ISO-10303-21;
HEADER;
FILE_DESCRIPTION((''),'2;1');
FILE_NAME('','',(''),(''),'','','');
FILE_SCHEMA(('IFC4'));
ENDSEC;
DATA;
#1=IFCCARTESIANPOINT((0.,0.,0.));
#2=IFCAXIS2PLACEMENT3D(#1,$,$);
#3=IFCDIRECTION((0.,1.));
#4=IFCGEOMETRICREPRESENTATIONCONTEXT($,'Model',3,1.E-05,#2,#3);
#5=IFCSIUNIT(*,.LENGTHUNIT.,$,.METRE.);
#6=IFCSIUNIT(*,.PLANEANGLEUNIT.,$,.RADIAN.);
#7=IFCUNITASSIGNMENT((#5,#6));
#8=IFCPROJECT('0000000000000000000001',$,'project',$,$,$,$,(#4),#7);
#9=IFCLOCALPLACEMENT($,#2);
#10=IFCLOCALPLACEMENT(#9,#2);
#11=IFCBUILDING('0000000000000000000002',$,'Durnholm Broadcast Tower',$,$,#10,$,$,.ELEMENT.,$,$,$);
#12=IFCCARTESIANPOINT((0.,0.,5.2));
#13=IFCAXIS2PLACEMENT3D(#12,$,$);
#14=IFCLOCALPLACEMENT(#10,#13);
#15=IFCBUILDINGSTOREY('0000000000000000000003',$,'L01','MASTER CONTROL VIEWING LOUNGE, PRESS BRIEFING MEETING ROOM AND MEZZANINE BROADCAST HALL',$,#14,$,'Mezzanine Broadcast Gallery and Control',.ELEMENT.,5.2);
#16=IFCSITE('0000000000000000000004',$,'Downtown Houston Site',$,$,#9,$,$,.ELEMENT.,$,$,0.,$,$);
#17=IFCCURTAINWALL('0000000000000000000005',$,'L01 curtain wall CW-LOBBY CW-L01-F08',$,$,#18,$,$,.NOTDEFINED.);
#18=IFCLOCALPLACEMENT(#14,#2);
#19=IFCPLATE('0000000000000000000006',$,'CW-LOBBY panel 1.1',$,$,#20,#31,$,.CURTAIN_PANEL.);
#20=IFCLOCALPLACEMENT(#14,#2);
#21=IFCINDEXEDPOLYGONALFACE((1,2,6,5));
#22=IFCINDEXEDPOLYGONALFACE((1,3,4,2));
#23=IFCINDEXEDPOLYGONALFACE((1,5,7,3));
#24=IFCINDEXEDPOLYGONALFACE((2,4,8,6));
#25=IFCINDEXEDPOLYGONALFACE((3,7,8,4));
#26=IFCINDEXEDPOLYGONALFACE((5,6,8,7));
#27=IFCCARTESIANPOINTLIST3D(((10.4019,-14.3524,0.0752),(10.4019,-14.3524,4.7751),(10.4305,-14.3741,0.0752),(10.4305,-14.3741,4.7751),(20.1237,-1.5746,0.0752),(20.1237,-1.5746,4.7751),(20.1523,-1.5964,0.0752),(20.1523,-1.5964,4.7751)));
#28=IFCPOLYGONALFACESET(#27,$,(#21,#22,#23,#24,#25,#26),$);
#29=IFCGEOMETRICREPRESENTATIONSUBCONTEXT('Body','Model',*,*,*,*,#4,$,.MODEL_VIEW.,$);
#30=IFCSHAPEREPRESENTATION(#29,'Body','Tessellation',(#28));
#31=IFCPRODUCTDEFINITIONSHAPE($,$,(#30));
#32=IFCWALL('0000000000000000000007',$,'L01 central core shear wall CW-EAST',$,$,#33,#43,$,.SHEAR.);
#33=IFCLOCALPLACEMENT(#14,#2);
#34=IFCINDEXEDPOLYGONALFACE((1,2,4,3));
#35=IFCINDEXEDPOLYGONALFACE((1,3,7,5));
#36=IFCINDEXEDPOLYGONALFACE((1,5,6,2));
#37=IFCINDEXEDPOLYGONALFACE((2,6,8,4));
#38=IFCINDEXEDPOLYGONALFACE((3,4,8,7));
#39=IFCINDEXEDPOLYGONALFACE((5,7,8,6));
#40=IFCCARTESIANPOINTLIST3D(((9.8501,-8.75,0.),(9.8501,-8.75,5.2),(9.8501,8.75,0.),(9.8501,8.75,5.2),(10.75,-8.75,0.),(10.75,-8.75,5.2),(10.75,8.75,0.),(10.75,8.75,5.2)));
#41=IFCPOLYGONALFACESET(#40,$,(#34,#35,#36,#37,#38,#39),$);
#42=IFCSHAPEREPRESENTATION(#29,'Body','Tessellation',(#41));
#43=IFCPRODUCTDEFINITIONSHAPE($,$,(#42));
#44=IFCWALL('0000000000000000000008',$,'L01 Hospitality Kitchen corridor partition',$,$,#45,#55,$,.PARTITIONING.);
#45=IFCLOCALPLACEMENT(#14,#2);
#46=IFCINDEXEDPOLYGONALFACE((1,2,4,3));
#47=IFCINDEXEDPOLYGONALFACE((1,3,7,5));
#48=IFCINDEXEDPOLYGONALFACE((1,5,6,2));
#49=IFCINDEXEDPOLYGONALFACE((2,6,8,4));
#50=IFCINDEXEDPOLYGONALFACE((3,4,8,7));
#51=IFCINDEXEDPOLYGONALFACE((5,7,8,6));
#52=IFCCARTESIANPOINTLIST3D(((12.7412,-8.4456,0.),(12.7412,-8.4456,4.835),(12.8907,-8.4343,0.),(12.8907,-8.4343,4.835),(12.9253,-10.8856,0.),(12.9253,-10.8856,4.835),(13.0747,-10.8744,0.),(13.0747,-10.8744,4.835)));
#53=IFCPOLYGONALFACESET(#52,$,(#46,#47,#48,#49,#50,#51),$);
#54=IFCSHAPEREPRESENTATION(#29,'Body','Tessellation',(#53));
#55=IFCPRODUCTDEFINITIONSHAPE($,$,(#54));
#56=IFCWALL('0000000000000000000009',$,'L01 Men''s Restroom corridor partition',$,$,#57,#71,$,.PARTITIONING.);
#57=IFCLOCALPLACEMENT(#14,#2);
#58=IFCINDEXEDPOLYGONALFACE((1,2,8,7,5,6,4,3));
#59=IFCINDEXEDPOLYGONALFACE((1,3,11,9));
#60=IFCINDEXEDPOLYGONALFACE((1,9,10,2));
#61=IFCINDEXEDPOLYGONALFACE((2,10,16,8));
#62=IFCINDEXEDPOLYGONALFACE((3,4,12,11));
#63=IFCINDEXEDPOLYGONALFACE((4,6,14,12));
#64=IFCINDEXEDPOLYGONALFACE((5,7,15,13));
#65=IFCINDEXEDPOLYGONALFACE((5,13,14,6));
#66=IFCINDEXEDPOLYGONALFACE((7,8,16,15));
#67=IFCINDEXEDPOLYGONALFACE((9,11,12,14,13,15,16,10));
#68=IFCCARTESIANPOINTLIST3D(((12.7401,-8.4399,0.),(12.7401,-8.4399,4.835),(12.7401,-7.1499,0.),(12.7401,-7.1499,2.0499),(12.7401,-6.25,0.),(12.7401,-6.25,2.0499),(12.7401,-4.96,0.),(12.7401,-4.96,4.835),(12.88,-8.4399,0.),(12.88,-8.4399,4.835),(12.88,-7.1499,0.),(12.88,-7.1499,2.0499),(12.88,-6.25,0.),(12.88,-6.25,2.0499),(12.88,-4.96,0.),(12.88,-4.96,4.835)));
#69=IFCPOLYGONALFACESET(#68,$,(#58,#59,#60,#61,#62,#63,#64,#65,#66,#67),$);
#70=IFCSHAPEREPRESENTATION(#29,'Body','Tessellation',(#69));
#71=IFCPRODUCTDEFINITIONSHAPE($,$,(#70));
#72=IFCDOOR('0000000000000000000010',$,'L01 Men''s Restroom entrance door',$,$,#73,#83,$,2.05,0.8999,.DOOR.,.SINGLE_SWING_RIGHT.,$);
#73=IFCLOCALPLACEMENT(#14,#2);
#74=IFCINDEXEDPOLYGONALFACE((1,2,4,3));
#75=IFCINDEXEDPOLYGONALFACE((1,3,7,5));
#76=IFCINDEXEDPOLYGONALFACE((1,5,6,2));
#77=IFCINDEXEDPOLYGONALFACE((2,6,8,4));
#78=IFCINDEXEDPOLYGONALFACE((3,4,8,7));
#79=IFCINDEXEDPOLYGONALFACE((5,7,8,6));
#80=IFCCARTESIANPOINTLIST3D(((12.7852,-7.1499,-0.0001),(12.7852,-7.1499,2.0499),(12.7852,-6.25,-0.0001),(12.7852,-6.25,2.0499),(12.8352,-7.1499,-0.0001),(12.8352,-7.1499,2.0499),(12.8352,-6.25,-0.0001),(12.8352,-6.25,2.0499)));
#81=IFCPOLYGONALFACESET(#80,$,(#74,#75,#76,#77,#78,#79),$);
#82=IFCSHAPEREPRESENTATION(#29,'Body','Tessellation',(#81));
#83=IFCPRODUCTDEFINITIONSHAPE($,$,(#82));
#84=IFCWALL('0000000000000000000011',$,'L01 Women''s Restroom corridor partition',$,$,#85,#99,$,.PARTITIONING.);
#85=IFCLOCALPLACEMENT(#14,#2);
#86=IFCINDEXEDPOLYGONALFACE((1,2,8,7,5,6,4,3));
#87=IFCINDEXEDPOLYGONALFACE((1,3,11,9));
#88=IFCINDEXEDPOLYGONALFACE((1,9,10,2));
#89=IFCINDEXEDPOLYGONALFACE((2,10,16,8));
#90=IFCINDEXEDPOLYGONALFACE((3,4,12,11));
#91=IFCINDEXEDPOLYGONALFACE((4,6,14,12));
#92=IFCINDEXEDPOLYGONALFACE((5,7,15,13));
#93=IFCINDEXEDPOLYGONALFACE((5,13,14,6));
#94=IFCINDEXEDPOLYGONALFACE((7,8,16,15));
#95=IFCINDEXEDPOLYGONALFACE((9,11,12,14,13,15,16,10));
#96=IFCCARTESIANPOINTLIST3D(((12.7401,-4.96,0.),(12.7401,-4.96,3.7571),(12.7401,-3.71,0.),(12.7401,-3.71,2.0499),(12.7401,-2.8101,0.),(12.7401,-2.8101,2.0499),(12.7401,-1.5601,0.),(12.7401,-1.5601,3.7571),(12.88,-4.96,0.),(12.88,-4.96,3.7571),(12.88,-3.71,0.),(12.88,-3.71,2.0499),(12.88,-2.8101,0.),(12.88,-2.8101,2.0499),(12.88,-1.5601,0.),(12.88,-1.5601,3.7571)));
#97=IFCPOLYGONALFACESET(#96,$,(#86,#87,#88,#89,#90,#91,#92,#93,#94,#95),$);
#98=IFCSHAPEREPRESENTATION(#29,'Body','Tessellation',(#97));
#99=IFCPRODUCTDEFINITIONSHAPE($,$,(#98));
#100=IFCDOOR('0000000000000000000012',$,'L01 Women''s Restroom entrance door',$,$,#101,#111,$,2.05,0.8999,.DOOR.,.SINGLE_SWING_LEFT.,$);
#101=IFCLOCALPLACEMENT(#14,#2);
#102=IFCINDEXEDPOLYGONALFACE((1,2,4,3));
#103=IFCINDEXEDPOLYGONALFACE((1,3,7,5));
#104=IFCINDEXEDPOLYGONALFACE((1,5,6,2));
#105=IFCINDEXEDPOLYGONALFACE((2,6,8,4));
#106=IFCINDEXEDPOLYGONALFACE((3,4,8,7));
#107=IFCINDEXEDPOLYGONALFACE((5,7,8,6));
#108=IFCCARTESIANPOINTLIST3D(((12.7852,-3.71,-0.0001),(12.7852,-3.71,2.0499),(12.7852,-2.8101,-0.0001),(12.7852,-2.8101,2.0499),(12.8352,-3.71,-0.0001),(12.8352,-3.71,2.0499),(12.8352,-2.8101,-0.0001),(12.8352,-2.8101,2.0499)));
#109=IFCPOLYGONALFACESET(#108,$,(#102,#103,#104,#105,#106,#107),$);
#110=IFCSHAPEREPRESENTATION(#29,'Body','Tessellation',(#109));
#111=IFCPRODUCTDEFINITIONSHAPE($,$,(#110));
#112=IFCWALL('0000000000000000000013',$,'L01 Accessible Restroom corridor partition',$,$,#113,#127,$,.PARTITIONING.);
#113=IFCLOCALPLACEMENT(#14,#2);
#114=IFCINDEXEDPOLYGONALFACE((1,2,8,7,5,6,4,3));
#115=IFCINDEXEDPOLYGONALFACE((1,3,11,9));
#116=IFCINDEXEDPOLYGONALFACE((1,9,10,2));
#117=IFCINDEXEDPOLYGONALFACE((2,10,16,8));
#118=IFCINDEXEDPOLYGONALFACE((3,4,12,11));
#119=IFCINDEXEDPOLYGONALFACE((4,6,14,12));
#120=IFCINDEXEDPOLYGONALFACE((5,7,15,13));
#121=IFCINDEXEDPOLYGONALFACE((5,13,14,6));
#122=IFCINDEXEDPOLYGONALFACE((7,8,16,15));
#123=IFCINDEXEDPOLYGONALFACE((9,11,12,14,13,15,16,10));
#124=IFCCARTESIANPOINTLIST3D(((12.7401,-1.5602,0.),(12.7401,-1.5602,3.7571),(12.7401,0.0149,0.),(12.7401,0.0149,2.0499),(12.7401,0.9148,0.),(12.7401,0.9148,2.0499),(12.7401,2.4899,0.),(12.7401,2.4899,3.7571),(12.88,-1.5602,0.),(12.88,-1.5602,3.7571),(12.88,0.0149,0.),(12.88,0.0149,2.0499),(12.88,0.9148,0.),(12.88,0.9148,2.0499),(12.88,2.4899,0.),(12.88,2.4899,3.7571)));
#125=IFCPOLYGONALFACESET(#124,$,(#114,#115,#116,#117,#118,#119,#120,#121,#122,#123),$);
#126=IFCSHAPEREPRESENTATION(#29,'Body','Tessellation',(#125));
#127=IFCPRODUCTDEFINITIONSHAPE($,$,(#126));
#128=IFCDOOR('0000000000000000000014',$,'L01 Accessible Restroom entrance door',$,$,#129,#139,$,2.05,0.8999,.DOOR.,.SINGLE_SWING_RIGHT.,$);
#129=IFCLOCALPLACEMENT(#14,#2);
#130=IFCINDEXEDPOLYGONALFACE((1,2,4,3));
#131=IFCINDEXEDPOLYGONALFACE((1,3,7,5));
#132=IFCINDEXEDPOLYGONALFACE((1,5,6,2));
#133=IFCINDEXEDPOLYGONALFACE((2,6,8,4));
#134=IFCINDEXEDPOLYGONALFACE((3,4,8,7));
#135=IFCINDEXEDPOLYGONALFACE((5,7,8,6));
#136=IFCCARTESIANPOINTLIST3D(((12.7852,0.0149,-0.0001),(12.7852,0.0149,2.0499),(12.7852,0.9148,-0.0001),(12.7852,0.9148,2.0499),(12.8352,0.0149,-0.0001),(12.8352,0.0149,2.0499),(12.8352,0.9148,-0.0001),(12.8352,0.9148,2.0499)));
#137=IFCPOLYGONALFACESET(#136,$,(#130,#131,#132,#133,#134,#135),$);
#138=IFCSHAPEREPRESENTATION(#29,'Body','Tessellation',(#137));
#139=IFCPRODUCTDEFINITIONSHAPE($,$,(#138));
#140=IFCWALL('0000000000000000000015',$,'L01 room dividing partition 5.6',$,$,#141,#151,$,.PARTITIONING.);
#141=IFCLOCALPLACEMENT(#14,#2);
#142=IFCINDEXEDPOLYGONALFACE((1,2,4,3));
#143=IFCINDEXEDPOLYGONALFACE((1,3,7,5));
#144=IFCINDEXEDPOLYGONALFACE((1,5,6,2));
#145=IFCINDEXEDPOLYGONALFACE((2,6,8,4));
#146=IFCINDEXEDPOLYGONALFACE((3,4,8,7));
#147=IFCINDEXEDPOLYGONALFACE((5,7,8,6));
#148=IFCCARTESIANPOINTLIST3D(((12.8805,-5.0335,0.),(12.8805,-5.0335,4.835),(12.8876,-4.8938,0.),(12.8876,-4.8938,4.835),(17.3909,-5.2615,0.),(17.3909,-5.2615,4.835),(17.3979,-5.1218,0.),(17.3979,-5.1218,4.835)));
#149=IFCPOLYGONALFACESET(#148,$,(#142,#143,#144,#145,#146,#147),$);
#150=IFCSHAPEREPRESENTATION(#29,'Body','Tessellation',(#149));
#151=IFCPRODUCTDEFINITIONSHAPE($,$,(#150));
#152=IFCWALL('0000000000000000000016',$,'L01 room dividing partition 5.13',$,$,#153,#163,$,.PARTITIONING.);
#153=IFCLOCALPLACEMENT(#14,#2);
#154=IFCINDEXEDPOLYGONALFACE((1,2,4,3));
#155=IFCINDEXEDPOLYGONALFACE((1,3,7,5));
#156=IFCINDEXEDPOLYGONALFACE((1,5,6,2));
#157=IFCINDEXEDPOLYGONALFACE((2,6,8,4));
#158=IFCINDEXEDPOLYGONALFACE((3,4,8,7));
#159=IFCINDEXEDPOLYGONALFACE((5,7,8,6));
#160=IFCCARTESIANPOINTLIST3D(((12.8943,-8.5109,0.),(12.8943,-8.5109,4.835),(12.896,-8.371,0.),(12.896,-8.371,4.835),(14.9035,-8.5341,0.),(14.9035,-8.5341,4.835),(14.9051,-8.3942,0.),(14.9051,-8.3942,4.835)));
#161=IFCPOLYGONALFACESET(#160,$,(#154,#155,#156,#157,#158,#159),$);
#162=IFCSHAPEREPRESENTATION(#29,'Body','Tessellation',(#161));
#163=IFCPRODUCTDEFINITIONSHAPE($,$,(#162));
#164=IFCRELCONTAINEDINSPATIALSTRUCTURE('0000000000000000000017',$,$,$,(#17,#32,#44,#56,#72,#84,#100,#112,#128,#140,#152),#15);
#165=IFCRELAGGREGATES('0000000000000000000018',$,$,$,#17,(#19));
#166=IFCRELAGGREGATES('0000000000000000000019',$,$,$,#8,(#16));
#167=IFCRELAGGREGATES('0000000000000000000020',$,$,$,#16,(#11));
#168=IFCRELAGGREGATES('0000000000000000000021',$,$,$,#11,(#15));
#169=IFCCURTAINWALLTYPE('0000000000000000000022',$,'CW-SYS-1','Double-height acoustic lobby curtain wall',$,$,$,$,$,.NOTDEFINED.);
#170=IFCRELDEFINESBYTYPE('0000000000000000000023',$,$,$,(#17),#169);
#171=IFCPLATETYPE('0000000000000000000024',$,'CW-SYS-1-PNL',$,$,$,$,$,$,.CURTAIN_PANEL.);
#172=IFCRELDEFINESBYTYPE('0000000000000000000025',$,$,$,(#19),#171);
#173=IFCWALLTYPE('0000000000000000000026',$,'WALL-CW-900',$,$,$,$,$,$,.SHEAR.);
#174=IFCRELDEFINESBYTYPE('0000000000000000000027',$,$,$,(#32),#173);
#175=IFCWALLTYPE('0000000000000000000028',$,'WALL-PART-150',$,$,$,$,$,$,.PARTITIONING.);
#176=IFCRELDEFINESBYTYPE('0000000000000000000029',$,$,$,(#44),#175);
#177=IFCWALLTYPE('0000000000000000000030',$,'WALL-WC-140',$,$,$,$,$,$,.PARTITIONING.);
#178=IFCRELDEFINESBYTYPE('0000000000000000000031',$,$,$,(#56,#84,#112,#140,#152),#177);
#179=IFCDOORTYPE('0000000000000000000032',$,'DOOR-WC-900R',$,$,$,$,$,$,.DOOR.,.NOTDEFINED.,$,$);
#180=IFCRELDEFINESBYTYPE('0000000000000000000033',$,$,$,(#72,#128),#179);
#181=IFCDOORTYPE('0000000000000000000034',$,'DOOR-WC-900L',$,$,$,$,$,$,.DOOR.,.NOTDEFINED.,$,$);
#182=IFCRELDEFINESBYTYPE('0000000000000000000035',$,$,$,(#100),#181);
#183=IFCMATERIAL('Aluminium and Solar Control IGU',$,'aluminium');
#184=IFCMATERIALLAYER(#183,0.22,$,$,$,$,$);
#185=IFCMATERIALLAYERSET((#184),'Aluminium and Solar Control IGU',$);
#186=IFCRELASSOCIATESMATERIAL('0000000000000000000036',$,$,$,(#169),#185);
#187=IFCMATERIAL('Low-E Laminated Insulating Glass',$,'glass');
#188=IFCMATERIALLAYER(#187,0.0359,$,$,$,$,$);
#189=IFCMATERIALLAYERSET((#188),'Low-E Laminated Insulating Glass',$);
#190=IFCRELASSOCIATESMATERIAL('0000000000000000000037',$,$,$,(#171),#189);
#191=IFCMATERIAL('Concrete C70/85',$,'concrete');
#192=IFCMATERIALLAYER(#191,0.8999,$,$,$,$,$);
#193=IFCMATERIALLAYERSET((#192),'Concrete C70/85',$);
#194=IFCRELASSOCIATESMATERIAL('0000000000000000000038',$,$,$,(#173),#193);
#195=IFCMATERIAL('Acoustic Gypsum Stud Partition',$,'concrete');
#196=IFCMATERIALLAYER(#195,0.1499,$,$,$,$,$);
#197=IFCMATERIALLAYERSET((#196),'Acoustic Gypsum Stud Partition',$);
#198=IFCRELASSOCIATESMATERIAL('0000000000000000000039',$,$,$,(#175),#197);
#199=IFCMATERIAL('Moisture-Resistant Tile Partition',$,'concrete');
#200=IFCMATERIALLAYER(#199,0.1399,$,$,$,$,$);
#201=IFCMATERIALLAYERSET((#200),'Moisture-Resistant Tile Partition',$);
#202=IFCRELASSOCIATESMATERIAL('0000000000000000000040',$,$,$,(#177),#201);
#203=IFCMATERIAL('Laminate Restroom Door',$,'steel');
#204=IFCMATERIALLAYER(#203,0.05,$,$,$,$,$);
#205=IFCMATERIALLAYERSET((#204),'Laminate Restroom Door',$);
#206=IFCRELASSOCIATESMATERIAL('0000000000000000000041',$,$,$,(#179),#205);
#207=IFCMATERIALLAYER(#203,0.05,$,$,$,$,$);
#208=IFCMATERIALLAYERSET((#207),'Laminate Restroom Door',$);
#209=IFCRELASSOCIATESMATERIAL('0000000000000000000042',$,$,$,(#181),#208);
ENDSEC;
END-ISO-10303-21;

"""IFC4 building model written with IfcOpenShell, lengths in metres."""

from ifc_helpers import new_model, si_unit, direction, frame, frame_2d, origin, origin_2d, place, context, subcontext, project, spatial, rectangle, extrude, source, transform, mapped, material, layer, layer_set, type_object, type_shapes, element, fill, aggregate, save


model = new_model("IFC4")

# Units and contexts
model_context = context("Model", 3, precision=1e-05, world=origin(), true_north=direction((0.0, 1.0)))
body_context = subcontext(model_context, "Body", "Model", "MODEL_VIEW")
ifc_project = project(units=[si_unit("LENGTHUNIT", "METRE"), si_unit("PLANEANGLEUNIT", "RADIAN")], contexts=[model_context])

# Site, building, storey
site_placement = place(None, origin())
site = spatial("IfcSite", under=ifc_project, at=site_placement, Name="Downtown Houston Site", CompositionType="ELEMENT", RefElevation=0.0)
building_placement = place(site_placement, origin())
building = spatial("IfcBuilding", under=site, at=building_placement, Name="Durnholm Broadcast Tower", CompositionType="ELEMENT")
storey_placement = place(building_placement, frame((0.0, 0.0, 5.2)))
storey = spatial("IfcBuildingStorey", under=building, at=storey_placement, Name="L01", Description="MASTER CONTROL VIEWING LOUNGE, PRESS BRIEFING MEETING ROOM AND MEZZANINE BROADCAST HALL", LongName="Mezzanine Broadcast Gallery and Control", CompositionType="ELEMENT", Elevation=5.2)

# Shared definitions
ifc_material_1 = material(Name="Aluminium and Solar Control IGU", Category="aluminium")

# Curtain wall
ifc_layer_1 = layer(ifc_material_1, 0.22)
ifc_layer_set_1 = layer_set([ifc_layer_1], Name="Aluminium and Solar Control IGU")
curtain_wall_type_1 = type_object("IfcCurtainWallType", Name="CW-SYS-1", Description="Double-height acoustic lobby curtain wall", PredefinedType="NOTDEFINED", material=ifc_layer_set_1)
curtain_wall_1_placement = place(storey_placement, origin())
curtain_wall_1 = element("IfcCurtainWall", 1, at=curtain_wall_1_placement, inside=storey, type_object=curtain_wall_type_1, Name="L01 curtain wall CW-LOBBY CW-L01-F08", PredefinedType="NOTDEFINED")

# Plate
ifc_material_2 = material(Name="Low-E Laminated Insulating Glass", Category="glass")
ifc_layer_2 = layer(ifc_material_2, 0.0359)
ifc_layer_set_2 = layer_set([ifc_layer_2], Name="Low-E Laminated Insulating Glass")
plate_type_1 = type_object("IfcPlateType", Name="CW-SYS-1-PNL", PredefinedType="CURTAIN_PANEL", material=ifc_layer_set_2)
shared_shape_1 = source(origin(), body_context, "Body", "SweptSolid", [
    extrude(rectangle(XDim=16.0557, YDim=0.0359, at=origin_2d()), origin(), (0.0, 0.0, 1.0), 4.7),
])
type_shapes(plate_type_1, [shared_shape_1])
plate_1_placement = place(storey_placement, frame((15.2771, -7.9744, 0.0752), z_axis=(0.0, 0.0, 1.0), x_axis=(-0.605509, -0.795839, 0.0)))
plate_1 = element("IfcPlate", 2, at=plate_1_placement, type_object=plate_type_1, Name="CW-LOBBY panel 1.1", PredefinedType="CURTAIN_PANEL", context=body_context, shape_type="MappedRepresentation", body=[
    mapped(shared_shape_1, transform((0.0, 0.0, 0.0), x_axis=(1.0, 0.0, 0.0), y_axis=(0.0, 1.0, 0.0), z_axis=(0.0, 0.0, 1.0), scale=1.0)),
])
aggregate(curtain_wall_1, [plate_1])

# Walls
ifc_material_3 = material(Name="Concrete C70/85", Category="concrete")
ifc_layer_3 = layer(ifc_material_3, 0.8999)
ifc_layer_set_3 = layer_set([ifc_layer_3], Name="Concrete C70/85")
wall_type_1 = type_object("IfcWallType", Name="WALL-CW-900", PredefinedType="SHEAR", material=ifc_layer_set_3)
wall_1_placement = place(storey_placement, frame((10.3, -8.75, 0.0), z_axis=(0.0, 0.0, 1.0), x_axis=(0.0, 1.0, 0.0)))
element("IfcWall", 3, at=wall_1_placement, inside=storey, type_object=wall_type_1, Name="L01 central core shear wall CW-EAST", PredefinedType="SHEAR", context=body_context, shape_type="SweptSolid", body=[
    extrude(rectangle(XDim=17.5, YDim=0.8999, at=frame_2d((8.75, 0.0))), origin(), (0.0, 0.0, 1.0), 5.2),
])
ifc_material_4 = material(Name="Acoustic Gypsum Stud Partition", Category="concrete")
ifc_layer_4 = layer(ifc_material_4, 0.1499)
ifc_layer_set_4 = layer_set([ifc_layer_4], Name="Acoustic Gypsum Stud Partition")
wall_type_2 = type_object("IfcWallType", Name="WALL-PART-150", PredefinedType="PARTITIONING", material=ifc_layer_set_4)
wall_2_placement = place(storey_placement, frame((13.0, -10.8801, 0.0), z_axis=(0.0, 0.0, 1.0), x_axis=(-0.075224, 0.997167, 0.0)))
element("IfcWall", 4, at=wall_2_placement, inside=storey, type_object=wall_type_2, Name="L01 Hospitality Kitchen corridor partition", PredefinedType="PARTITIONING", context=body_context, shape_type="SweptSolid", body=[
    extrude(rectangle(XDim=2.447, YDim=0.1499, at=frame_2d((1.2236, 0.0))), origin(), (0.0, 0.0, 1.0), 4.835),
])

# Walls, openings, doors
ifc_material_5 = material(Name="Moisture-Resistant Tile Partition", Category="concrete")
ifc_layer_5 = layer(ifc_material_5, 0.1399)
ifc_layer_set_5 = layer_set([ifc_layer_5], Name="Moisture-Resistant Tile Partition")
wall_type_3 = type_object("IfcWallType", Name="WALL-WC-140", PredefinedType="PARTITIONING", material=ifc_layer_set_5)
wall_3_placement = place(storey_placement, frame((12.8101, -8.4399, 0.0), z_axis=(0.0, 0.0, 1.0), x_axis=(0.0, 1.0, 0.0)))
wall_3 = element("IfcWall", 5, at=wall_3_placement, inside=storey, type_object=wall_type_3, Name="L01 Men's Restroom corridor partition", PredefinedType="PARTITIONING", context=body_context, shape_type="SweptSolid", body=[
    extrude(rectangle(XDim=3.48, YDim=0.1399, at=frame_2d((1.74, 0.0))), origin(), (0.0, 0.0, 1.0), 4.835),
])
opening_1_placement = place(wall_3_placement, frame((1.29, 0.0, 0.0)))
opening_1 = element("IfcOpeningElement", 6, at=opening_1_placement, cuts=wall_3, PredefinedType="OPENING", context=body_context, shape_type="SweptSolid", body=[
    extrude(rectangle(XDim=0.8999, YDim=2.05, at=frame_2d((0.45, 1.0249))), frame((0.0, 0.0801, 0.0), z_axis=(0.0, -1.0, 0.0), x_axis=(1.0, 0.0, 0.0)), (0.0, 0.0, 1.0), 0.1599),
])
ifc_material_6 = material(Name="Laminate Restroom Door", Category="steel")
ifc_layer_6 = layer(ifc_material_6, 0.05)
ifc_layer_set_6 = layer_set([ifc_layer_6], Name="Laminate Restroom Door")
door_type_1 = type_object("IfcDoorType", Name="DOOR-WC-900R", OperationType="NOTDEFINED", PredefinedType="DOOR", material=ifc_layer_set_6)
shared_shape_2 = source(origin(), body_context, "Body", "SweptSolid", [
    extrude(rectangle(XDim=0.8999, YDim=2.05, at=frame_2d((0.45, 1.0249))), frame((0.0, 0.0249, 0.0), z_axis=(0.0, -1.0, 0.0), x_axis=(1.0, 0.0, 0.0)), (0.0, 0.0, 1.0), 0.05),
])
type_shapes(door_type_1, [shared_shape_2])
door_1_placement = place(opening_1_placement, origin())
door_1 = element("IfcDoor", 7, at=door_1_placement, inside=storey, type_object=door_type_1, Name="L01 Men's Restroom entrance door", OperationType="SINGLE_SWING_RIGHT", OverallHeight=2.05, OverallWidth=0.8999, PredefinedType="DOOR", context=body_context, shape_type="MappedRepresentation", body=[
    mapped(shared_shape_2, transform((0.0, 0.0, 0.0), x_axis=(1.0, 0.0, 0.0), y_axis=(0.0, 1.0, 0.0), z_axis=(0.0, 0.0, 1.0), scale=1.0)),
])
fill(opening_1, door_1)
wall_4_placement = place(storey_placement, frame((12.8101, -4.96, 0.0), z_axis=(0.0, 0.0, 1.0), x_axis=(0.0, 1.0, 0.0)))
wall_4 = element("IfcWall", 8, at=wall_4_placement, inside=storey, type_object=wall_type_3, Name="L01 Women's Restroom corridor partition", PredefinedType="PARTITIONING", context=body_context, shape_type="SweptSolid", body=[
    extrude(rectangle(XDim=3.3999, YDim=0.1399, at=frame_2d((1.7, 0.0))), origin(), (0.0, 0.0, 1.0), 3.7571),
])
opening_2_placement = place(wall_4_placement, frame((1.25, 0.0, 0.0)))
opening_2 = element("IfcOpeningElement", 9, at=opening_2_placement, cuts=wall_4, PredefinedType="OPENING", context=body_context, shape_type="SweptSolid", body=[
    extrude(rectangle(XDim=0.8999, YDim=2.05, at=frame_2d((0.45, 1.0249))), frame((0.0, 0.0801, 0.0), z_axis=(0.0, -1.0, 0.0), x_axis=(1.0, 0.0, 0.0)), (0.0, 0.0, 1.0), 0.1599),
])
ifc_layer_7 = layer(ifc_material_6, 0.05)
ifc_layer_set_7 = layer_set([ifc_layer_7], Name="Laminate Restroom Door")
door_type_2 = type_object("IfcDoorType", Name="DOOR-WC-900L", OperationType="NOTDEFINED", PredefinedType="DOOR", material=ifc_layer_set_7)
shared_shape_3 = source(origin(), body_context, "Body", "SweptSolid", [
    extrude(rectangle(XDim=0.8999, YDim=2.05, at=frame_2d((0.45, 1.0249))), frame((0.0, 0.0249, 0.0), z_axis=(0.0, -1.0, 0.0), x_axis=(1.0, 0.0, 0.0)), (0.0, 0.0, 1.0), 0.05),
])
type_shapes(door_type_2, [shared_shape_3])
door_2_placement = place(opening_2_placement, origin())
door_2 = element("IfcDoor", 10, at=door_2_placement, inside=storey, type_object=door_type_2, Name="L01 Women's Restroom entrance door", OperationType="SINGLE_SWING_LEFT", OverallHeight=2.05, OverallWidth=0.8999, PredefinedType="DOOR", context=body_context, shape_type="MappedRepresentation", body=[
    mapped(shared_shape_3, transform((0.0, 0.0, 0.0), x_axis=(1.0, 0.0, 0.0), y_axis=(0.0, 1.0, 0.0), z_axis=(0.0, 0.0, 1.0), scale=1.0)),
])
fill(opening_2, door_2)
wall_5_placement = place(storey_placement, frame((12.8101, -1.5601, 0.0), z_axis=(0.0, 0.0, 1.0), x_axis=(0.0, 1.0, 0.0)))
wall_5 = element("IfcWall", 11, at=wall_5_placement, inside=storey, type_object=wall_type_3, Name="L01 Accessible Restroom corridor partition", PredefinedType="PARTITIONING", context=body_context, shape_type="SweptSolid", body=[
    extrude(rectangle(XDim=4.05, YDim=0.1399, at=frame_2d((2.0249, 0.0))), origin(), (0.0, 0.0, 1.0), 3.7571),
])
opening_3_placement = place(wall_5_placement, frame((1.575, 0.0, 0.0)))
opening_3 = element("IfcOpeningElement", 12, at=opening_3_placement, cuts=wall_5, PredefinedType="OPENING", context=body_context, shape_type="SweptSolid", body=[
    extrude(rectangle(XDim=0.8999, YDim=2.05, at=frame_2d((0.45, 1.0249))), frame((0.0, 0.0801, 0.0), z_axis=(0.0, -1.0, 0.0), x_axis=(1.0, 0.0, 0.0)), (0.0, 0.0, 1.0), 0.1599),
])
door_3_placement = place(opening_3_placement, origin())
door_3 = element("IfcDoor", 13, at=door_3_placement, inside=storey, type_object=door_type_1, Name="L01 Accessible Restroom entrance door", OperationType="SINGLE_SWING_RIGHT", OverallHeight=2.05, OverallWidth=0.8999, PredefinedType="DOOR", context=body_context, shape_type="MappedRepresentation", body=[
    mapped(shared_shape_2, transform((0.0, 0.0, 0.0), x_axis=(1.0, 0.0, 0.0), y_axis=(0.0, 1.0, 0.0), z_axis=(0.0, 0.0, 1.0), scale=1.0)),
])
fill(opening_3, door_3)

# Walls
wall_6_placement = place(storey_placement, frame((12.884, -4.9636, 0.0), z_axis=(0.0, 0.0, 1.0), x_axis=(0.998724, -0.050493, 0.0)))
element("IfcWall", 14, at=wall_6_placement, inside=storey, type_object=wall_type_3, Name="L01 room dividing partition 5.6", PredefinedType="PARTITIONING", context=body_context, shape_type="SweptSolid", body=[
    extrude(rectangle(XDim=4.5161, YDim=0.1399, at=frame_2d((2.2581, 0.0))), origin(), (0.0, 0.0, 1.0), 4.835),
])
wall_7_placement = place(storey_placement, frame((14.9043, -8.4641, 0.0), z_axis=(0.0, 0.0, 1.0), x_axis=(-0.999933, 0.011544, 0.0)))
element("IfcWall", 15, at=wall_7_placement, inside=storey, type_object=wall_type_3, Name="L01 room dividing partition 5.13", PredefinedType="PARTITIONING", context=body_context, shape_type="SweptSolid", body=[
    extrude(rectangle(XDim=2.0093, YDim=0.1399, at=frame_2d((1.0046, 0.0))), origin(), (0.0, 0.0, 1.0), 4.835),
])

save(model, "model.ifc")
